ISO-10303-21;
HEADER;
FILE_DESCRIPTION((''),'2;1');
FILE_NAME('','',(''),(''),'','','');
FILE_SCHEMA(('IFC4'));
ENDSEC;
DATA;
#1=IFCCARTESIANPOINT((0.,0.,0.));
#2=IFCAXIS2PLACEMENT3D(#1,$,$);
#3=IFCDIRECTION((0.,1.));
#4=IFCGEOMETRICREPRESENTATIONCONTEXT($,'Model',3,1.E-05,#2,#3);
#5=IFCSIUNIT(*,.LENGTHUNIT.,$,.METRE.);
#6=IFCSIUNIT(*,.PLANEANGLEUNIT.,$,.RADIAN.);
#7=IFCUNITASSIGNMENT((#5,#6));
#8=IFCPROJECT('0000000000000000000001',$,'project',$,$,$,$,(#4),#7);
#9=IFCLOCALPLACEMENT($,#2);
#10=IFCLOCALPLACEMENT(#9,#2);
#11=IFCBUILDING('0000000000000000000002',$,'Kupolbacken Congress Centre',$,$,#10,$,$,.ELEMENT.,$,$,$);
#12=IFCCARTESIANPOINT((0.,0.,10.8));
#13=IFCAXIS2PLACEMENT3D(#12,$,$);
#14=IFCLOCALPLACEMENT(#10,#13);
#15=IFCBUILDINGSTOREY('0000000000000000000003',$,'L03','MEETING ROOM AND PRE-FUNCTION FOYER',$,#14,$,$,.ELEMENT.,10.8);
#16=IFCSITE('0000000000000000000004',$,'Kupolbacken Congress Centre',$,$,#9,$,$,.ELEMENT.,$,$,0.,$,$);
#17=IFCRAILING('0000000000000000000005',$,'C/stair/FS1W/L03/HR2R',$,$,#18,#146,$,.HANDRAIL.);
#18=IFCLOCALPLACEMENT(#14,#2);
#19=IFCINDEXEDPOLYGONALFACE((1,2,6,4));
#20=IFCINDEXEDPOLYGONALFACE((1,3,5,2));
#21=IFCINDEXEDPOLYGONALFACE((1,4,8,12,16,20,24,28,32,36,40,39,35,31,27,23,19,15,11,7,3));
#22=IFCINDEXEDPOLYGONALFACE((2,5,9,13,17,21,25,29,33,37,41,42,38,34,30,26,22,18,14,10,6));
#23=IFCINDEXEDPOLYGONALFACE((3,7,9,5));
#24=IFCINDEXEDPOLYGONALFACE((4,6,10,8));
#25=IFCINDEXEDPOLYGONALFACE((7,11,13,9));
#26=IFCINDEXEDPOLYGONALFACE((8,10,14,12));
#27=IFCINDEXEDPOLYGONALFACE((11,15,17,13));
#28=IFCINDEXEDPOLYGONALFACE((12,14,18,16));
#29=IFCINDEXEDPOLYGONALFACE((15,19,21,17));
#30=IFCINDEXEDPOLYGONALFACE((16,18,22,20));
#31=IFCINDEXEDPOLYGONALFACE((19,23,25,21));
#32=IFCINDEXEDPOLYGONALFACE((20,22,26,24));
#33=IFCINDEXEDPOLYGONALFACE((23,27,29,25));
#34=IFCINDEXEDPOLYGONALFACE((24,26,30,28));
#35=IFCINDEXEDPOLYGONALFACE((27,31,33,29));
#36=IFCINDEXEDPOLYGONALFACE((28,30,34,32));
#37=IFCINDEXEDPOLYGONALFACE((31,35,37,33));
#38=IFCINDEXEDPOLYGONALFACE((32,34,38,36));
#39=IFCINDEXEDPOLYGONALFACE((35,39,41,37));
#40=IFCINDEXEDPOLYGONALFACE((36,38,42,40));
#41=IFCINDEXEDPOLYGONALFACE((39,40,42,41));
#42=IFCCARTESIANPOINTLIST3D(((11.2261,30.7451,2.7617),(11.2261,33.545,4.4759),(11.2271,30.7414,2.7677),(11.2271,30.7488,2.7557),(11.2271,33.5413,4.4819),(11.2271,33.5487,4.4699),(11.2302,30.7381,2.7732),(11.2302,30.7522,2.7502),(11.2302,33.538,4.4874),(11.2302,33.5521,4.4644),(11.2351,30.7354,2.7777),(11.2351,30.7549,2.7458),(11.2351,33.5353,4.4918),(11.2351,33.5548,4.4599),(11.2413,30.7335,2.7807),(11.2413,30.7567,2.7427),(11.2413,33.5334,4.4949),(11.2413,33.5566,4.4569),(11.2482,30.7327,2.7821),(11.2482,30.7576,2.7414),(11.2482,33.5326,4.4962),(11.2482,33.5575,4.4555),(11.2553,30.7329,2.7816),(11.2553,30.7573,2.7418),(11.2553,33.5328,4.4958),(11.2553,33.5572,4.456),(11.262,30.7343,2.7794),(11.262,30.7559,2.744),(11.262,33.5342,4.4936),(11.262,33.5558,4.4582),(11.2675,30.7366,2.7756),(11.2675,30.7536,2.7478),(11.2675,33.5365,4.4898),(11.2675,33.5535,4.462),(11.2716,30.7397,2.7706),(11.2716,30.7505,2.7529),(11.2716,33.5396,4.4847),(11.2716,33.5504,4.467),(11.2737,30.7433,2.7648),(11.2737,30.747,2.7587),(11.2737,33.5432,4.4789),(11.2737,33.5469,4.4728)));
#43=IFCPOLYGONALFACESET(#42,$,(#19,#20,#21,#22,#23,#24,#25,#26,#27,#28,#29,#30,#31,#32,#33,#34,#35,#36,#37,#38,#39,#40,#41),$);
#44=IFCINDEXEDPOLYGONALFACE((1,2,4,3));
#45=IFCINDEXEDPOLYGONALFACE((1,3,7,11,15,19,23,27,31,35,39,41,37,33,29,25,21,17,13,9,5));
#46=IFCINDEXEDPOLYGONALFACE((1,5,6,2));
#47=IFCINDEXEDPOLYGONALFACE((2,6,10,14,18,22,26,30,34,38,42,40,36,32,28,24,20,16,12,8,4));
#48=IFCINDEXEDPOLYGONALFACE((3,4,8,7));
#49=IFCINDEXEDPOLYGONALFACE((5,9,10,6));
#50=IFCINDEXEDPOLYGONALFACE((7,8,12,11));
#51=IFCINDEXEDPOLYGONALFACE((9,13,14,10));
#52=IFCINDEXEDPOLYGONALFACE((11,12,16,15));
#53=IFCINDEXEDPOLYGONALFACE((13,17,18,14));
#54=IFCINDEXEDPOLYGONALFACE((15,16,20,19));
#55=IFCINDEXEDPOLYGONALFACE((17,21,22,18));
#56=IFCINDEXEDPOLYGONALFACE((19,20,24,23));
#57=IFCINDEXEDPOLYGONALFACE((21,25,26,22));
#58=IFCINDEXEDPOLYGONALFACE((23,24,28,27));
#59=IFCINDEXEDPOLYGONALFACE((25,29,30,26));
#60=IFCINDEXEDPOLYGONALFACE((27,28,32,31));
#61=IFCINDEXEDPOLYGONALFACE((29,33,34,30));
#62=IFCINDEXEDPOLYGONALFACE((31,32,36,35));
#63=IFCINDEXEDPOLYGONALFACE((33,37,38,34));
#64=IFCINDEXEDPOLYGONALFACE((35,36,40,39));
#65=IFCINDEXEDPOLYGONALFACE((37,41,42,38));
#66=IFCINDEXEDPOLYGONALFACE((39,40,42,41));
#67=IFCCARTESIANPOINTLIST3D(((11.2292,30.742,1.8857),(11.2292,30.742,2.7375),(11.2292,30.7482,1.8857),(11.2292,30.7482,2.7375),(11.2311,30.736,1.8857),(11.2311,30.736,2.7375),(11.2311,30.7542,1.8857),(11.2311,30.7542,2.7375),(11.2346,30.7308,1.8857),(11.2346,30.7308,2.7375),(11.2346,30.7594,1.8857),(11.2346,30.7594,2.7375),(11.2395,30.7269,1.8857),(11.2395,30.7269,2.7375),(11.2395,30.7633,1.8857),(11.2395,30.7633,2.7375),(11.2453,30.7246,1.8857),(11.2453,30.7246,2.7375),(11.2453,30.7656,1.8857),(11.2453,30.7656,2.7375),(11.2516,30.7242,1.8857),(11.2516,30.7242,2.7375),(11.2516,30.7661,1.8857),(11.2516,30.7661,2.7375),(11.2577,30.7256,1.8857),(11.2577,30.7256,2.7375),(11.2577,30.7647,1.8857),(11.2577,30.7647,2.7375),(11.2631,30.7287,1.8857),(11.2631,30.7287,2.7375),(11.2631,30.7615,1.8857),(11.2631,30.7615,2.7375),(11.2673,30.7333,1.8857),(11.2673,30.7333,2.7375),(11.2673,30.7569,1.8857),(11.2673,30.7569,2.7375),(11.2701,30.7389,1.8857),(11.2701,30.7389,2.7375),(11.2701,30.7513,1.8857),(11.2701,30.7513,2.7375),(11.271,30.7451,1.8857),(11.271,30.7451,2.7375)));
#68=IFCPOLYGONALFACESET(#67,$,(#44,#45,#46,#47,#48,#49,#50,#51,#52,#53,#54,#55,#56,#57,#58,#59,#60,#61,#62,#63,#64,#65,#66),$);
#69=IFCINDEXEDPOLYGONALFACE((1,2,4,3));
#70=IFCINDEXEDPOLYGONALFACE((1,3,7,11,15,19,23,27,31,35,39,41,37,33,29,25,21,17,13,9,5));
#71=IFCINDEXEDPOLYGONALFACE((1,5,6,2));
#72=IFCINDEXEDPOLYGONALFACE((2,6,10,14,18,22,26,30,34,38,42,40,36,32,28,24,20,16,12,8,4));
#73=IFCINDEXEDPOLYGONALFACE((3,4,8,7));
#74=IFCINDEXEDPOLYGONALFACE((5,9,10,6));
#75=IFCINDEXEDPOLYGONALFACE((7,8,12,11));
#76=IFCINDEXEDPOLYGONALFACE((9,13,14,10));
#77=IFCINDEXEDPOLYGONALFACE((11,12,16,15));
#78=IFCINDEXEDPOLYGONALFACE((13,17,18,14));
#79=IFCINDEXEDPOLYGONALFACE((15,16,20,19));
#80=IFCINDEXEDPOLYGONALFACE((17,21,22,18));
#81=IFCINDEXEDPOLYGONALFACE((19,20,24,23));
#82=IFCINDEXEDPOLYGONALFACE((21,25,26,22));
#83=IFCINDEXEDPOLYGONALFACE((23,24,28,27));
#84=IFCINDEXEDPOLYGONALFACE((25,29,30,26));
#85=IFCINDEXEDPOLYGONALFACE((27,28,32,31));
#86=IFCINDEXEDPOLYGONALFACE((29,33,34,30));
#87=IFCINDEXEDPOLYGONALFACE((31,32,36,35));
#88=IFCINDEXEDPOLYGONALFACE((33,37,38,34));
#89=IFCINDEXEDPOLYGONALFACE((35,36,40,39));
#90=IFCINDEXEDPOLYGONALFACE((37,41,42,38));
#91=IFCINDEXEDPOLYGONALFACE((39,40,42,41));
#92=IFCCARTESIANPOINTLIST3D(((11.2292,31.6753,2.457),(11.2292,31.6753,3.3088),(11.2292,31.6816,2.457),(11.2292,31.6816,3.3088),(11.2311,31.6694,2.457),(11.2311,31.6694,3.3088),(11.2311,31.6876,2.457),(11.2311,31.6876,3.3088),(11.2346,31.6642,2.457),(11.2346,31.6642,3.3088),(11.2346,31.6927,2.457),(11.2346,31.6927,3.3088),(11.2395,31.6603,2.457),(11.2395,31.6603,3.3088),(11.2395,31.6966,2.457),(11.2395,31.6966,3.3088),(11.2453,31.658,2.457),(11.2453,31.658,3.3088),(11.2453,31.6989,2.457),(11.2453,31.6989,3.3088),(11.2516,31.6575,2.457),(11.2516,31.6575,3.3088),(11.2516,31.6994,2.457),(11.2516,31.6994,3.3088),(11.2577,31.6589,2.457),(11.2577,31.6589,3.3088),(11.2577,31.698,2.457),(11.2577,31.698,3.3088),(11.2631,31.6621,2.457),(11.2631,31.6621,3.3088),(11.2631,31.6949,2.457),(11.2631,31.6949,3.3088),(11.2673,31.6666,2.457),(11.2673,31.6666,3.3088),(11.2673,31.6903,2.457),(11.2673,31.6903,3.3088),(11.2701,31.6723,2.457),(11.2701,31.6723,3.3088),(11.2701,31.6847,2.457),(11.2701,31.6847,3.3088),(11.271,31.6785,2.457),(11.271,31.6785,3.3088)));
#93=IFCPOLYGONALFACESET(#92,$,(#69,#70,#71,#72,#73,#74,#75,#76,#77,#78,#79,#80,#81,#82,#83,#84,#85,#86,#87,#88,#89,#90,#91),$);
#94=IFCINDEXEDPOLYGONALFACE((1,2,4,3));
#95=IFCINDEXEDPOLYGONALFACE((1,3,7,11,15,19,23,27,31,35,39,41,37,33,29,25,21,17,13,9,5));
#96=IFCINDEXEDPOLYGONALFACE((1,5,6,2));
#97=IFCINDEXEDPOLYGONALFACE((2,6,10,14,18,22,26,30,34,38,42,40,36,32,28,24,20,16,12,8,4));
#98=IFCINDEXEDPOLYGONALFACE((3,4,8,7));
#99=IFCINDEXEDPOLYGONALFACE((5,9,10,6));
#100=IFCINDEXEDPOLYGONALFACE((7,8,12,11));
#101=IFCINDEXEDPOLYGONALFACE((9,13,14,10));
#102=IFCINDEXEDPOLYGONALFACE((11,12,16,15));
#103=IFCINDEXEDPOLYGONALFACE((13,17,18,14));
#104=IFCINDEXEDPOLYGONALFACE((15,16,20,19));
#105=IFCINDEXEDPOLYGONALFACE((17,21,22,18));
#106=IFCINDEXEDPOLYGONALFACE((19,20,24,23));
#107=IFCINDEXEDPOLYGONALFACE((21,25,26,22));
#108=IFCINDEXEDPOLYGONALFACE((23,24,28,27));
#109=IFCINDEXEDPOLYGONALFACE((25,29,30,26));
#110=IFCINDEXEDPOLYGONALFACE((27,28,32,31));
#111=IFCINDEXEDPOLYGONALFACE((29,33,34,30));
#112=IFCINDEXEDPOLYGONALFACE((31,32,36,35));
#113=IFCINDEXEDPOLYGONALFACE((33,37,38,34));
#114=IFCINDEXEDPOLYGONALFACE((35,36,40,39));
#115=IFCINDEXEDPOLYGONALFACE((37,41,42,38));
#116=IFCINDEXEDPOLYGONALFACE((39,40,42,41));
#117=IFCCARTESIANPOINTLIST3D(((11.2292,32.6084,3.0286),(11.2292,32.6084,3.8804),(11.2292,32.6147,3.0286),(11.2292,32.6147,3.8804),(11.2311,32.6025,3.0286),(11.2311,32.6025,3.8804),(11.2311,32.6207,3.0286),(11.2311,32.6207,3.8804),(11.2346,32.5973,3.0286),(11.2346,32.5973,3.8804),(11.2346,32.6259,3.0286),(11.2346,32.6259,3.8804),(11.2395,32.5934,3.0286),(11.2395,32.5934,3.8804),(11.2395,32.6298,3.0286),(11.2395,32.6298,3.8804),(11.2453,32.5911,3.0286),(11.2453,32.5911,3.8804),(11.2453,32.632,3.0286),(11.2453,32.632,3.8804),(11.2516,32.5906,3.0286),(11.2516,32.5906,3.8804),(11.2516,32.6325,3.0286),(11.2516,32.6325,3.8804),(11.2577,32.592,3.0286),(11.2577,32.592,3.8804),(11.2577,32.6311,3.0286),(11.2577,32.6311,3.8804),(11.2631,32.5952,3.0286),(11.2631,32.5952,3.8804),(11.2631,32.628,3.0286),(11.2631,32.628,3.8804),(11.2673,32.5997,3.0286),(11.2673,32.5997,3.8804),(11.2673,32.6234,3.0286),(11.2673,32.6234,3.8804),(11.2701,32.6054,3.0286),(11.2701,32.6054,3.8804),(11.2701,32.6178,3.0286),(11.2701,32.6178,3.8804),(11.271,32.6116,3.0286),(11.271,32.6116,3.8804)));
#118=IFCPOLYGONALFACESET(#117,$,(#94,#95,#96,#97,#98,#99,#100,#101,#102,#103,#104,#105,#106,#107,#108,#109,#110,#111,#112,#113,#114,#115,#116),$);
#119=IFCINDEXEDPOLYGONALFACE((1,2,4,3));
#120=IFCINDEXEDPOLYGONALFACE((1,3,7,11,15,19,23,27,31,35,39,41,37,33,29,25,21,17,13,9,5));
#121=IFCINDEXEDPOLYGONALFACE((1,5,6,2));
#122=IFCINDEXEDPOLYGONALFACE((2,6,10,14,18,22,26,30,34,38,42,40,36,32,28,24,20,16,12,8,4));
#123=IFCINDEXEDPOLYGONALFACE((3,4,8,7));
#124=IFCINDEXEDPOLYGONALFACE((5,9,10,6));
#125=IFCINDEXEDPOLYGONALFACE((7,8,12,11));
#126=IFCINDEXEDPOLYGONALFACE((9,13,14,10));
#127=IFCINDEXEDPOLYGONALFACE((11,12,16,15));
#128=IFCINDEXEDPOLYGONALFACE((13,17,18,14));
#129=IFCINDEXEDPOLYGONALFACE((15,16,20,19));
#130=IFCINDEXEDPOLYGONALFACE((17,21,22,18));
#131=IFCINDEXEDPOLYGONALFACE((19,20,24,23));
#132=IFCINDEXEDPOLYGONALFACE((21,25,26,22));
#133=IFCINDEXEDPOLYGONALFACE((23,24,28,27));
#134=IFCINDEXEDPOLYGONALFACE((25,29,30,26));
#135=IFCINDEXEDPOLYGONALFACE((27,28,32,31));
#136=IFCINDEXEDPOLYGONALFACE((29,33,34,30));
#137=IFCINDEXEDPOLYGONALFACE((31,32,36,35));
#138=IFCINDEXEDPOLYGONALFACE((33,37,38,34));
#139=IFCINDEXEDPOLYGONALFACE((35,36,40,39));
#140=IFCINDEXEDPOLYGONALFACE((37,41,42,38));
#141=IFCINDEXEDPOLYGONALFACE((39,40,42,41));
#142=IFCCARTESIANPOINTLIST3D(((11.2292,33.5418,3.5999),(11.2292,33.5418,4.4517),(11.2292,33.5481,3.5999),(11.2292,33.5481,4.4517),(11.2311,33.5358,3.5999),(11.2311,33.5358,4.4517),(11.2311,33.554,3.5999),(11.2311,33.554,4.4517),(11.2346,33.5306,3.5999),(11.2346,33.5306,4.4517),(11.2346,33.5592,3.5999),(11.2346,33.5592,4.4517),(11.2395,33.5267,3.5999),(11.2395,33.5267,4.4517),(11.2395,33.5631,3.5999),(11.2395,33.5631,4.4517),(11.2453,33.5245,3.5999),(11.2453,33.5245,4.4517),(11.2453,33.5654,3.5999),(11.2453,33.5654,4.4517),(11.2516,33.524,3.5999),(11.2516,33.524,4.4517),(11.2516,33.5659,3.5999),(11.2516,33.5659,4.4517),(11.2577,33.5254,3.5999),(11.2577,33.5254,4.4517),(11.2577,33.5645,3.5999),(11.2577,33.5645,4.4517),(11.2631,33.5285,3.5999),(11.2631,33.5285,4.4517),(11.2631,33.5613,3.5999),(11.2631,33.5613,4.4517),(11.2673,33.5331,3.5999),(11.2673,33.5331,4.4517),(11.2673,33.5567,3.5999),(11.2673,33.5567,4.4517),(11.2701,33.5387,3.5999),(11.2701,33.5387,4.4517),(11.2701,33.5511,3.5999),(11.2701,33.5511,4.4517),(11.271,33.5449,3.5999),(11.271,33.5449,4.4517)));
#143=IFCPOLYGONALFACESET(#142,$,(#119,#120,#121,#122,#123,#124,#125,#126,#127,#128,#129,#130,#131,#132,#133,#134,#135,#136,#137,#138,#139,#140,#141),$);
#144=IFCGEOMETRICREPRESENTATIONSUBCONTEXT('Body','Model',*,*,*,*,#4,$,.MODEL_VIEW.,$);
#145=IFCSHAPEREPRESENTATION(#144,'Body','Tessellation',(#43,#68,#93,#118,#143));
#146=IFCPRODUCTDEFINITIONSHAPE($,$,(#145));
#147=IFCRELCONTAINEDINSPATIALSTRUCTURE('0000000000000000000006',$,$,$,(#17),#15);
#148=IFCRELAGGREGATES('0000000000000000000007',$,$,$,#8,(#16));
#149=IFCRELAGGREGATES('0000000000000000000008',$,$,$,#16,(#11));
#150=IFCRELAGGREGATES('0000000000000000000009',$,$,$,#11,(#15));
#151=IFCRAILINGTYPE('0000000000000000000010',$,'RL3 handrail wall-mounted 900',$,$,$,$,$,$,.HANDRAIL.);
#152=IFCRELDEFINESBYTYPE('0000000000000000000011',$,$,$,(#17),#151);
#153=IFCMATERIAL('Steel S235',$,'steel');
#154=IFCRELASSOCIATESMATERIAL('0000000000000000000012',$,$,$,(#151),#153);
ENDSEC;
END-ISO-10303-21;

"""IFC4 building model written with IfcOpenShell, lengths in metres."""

from ifc_helpers import new_model, si_unit, direction, frame, origin, origin_2d, place, context, subcontext, project, spatial, circle, extrude, material, type_object, element, save


model = new_model("IFC4")

# Units and contexts
model_context = context("Model", 3, precision=1e-05, world=origin(), true_north=direction((0.0, 1.0)))
body_context = subcontext(model_context, "Body", "Model", "MODEL_VIEW")
ifc_project = project(units=[si_unit("LENGTHUNIT", "METRE"), si_unit("PLANEANGLEUNIT", "RADIAN")], contexts=[model_context])

# Site, building, storey
site_placement = place(None, origin())
site = spatial("IfcSite", under=ifc_project, at=site_placement, Name="Kupolbacken Congress Centre", CompositionType="ELEMENT", RefElevation=0.0)
building_placement = place(site_placement, origin())
building = spatial("IfcBuilding", under=site, at=building_placement, Name="Kupolbacken Congress Centre", CompositionType="ELEMENT")
storey_placement = place(building_placement, frame((0.0, 0.0, 10.8)))
storey = spatial("IfcBuildingStorey", under=building, at=storey_placement, Name="L03", Description="MEETING ROOM AND PRE-FUNCTION FOYER", CompositionType="ELEMENT", Elevation=10.8)

# Railing
ifc_material_1 = material(Name="Steel S235", Category="steel")
railing_type = type_object("IfcRailingType", Name="RL3 handrail wall-mounted 900", PredefinedType="HANDRAIL", material=ifc_material_1)
railing_placement = place(storey_placement, frame((11.25, 30.7451, 1.8857)))
element("IfcRailing", 1, at=railing_placement, inside=storey, type_object=railing_type, Name="C/stair/FS1W/L03/HR2R", PredefinedType="HANDRAIL", context=body_context, shape_type="SweptSolid", body=[
    extrude(circle(Radius=0.0239, at=origin_2d()), frame((0.0, 0.0, 0.876), z_axis=(0.0, 0.852859, 0.522142), x_axis=(-1.0, 0.0, 0.0)), (0.0, 0.0, 1.0), 3.283),
    extrude(circle(Radius=0.021, at=origin_2d()), origin(), (0.0, 0.0, 1.0), 0.8518),
    extrude(circle(Radius=0.021, at=origin_2d()), frame((0.0, 0.9333, 0.5713)), (0.0, 0.0, 1.0), 0.8518),
    extrude(circle(Radius=0.021, at=origin_2d()), frame((0.0, 1.8665, 1.1428)), (0.0, 0.0, 1.0), 0.8518),
    extrude(circle(Radius=0.021, at=origin_2d()), frame((0.0, 2.7998, 1.7141)), (0.0, 0.0, 1.0), 0.8518),
])

save(model, "model.ifc")
